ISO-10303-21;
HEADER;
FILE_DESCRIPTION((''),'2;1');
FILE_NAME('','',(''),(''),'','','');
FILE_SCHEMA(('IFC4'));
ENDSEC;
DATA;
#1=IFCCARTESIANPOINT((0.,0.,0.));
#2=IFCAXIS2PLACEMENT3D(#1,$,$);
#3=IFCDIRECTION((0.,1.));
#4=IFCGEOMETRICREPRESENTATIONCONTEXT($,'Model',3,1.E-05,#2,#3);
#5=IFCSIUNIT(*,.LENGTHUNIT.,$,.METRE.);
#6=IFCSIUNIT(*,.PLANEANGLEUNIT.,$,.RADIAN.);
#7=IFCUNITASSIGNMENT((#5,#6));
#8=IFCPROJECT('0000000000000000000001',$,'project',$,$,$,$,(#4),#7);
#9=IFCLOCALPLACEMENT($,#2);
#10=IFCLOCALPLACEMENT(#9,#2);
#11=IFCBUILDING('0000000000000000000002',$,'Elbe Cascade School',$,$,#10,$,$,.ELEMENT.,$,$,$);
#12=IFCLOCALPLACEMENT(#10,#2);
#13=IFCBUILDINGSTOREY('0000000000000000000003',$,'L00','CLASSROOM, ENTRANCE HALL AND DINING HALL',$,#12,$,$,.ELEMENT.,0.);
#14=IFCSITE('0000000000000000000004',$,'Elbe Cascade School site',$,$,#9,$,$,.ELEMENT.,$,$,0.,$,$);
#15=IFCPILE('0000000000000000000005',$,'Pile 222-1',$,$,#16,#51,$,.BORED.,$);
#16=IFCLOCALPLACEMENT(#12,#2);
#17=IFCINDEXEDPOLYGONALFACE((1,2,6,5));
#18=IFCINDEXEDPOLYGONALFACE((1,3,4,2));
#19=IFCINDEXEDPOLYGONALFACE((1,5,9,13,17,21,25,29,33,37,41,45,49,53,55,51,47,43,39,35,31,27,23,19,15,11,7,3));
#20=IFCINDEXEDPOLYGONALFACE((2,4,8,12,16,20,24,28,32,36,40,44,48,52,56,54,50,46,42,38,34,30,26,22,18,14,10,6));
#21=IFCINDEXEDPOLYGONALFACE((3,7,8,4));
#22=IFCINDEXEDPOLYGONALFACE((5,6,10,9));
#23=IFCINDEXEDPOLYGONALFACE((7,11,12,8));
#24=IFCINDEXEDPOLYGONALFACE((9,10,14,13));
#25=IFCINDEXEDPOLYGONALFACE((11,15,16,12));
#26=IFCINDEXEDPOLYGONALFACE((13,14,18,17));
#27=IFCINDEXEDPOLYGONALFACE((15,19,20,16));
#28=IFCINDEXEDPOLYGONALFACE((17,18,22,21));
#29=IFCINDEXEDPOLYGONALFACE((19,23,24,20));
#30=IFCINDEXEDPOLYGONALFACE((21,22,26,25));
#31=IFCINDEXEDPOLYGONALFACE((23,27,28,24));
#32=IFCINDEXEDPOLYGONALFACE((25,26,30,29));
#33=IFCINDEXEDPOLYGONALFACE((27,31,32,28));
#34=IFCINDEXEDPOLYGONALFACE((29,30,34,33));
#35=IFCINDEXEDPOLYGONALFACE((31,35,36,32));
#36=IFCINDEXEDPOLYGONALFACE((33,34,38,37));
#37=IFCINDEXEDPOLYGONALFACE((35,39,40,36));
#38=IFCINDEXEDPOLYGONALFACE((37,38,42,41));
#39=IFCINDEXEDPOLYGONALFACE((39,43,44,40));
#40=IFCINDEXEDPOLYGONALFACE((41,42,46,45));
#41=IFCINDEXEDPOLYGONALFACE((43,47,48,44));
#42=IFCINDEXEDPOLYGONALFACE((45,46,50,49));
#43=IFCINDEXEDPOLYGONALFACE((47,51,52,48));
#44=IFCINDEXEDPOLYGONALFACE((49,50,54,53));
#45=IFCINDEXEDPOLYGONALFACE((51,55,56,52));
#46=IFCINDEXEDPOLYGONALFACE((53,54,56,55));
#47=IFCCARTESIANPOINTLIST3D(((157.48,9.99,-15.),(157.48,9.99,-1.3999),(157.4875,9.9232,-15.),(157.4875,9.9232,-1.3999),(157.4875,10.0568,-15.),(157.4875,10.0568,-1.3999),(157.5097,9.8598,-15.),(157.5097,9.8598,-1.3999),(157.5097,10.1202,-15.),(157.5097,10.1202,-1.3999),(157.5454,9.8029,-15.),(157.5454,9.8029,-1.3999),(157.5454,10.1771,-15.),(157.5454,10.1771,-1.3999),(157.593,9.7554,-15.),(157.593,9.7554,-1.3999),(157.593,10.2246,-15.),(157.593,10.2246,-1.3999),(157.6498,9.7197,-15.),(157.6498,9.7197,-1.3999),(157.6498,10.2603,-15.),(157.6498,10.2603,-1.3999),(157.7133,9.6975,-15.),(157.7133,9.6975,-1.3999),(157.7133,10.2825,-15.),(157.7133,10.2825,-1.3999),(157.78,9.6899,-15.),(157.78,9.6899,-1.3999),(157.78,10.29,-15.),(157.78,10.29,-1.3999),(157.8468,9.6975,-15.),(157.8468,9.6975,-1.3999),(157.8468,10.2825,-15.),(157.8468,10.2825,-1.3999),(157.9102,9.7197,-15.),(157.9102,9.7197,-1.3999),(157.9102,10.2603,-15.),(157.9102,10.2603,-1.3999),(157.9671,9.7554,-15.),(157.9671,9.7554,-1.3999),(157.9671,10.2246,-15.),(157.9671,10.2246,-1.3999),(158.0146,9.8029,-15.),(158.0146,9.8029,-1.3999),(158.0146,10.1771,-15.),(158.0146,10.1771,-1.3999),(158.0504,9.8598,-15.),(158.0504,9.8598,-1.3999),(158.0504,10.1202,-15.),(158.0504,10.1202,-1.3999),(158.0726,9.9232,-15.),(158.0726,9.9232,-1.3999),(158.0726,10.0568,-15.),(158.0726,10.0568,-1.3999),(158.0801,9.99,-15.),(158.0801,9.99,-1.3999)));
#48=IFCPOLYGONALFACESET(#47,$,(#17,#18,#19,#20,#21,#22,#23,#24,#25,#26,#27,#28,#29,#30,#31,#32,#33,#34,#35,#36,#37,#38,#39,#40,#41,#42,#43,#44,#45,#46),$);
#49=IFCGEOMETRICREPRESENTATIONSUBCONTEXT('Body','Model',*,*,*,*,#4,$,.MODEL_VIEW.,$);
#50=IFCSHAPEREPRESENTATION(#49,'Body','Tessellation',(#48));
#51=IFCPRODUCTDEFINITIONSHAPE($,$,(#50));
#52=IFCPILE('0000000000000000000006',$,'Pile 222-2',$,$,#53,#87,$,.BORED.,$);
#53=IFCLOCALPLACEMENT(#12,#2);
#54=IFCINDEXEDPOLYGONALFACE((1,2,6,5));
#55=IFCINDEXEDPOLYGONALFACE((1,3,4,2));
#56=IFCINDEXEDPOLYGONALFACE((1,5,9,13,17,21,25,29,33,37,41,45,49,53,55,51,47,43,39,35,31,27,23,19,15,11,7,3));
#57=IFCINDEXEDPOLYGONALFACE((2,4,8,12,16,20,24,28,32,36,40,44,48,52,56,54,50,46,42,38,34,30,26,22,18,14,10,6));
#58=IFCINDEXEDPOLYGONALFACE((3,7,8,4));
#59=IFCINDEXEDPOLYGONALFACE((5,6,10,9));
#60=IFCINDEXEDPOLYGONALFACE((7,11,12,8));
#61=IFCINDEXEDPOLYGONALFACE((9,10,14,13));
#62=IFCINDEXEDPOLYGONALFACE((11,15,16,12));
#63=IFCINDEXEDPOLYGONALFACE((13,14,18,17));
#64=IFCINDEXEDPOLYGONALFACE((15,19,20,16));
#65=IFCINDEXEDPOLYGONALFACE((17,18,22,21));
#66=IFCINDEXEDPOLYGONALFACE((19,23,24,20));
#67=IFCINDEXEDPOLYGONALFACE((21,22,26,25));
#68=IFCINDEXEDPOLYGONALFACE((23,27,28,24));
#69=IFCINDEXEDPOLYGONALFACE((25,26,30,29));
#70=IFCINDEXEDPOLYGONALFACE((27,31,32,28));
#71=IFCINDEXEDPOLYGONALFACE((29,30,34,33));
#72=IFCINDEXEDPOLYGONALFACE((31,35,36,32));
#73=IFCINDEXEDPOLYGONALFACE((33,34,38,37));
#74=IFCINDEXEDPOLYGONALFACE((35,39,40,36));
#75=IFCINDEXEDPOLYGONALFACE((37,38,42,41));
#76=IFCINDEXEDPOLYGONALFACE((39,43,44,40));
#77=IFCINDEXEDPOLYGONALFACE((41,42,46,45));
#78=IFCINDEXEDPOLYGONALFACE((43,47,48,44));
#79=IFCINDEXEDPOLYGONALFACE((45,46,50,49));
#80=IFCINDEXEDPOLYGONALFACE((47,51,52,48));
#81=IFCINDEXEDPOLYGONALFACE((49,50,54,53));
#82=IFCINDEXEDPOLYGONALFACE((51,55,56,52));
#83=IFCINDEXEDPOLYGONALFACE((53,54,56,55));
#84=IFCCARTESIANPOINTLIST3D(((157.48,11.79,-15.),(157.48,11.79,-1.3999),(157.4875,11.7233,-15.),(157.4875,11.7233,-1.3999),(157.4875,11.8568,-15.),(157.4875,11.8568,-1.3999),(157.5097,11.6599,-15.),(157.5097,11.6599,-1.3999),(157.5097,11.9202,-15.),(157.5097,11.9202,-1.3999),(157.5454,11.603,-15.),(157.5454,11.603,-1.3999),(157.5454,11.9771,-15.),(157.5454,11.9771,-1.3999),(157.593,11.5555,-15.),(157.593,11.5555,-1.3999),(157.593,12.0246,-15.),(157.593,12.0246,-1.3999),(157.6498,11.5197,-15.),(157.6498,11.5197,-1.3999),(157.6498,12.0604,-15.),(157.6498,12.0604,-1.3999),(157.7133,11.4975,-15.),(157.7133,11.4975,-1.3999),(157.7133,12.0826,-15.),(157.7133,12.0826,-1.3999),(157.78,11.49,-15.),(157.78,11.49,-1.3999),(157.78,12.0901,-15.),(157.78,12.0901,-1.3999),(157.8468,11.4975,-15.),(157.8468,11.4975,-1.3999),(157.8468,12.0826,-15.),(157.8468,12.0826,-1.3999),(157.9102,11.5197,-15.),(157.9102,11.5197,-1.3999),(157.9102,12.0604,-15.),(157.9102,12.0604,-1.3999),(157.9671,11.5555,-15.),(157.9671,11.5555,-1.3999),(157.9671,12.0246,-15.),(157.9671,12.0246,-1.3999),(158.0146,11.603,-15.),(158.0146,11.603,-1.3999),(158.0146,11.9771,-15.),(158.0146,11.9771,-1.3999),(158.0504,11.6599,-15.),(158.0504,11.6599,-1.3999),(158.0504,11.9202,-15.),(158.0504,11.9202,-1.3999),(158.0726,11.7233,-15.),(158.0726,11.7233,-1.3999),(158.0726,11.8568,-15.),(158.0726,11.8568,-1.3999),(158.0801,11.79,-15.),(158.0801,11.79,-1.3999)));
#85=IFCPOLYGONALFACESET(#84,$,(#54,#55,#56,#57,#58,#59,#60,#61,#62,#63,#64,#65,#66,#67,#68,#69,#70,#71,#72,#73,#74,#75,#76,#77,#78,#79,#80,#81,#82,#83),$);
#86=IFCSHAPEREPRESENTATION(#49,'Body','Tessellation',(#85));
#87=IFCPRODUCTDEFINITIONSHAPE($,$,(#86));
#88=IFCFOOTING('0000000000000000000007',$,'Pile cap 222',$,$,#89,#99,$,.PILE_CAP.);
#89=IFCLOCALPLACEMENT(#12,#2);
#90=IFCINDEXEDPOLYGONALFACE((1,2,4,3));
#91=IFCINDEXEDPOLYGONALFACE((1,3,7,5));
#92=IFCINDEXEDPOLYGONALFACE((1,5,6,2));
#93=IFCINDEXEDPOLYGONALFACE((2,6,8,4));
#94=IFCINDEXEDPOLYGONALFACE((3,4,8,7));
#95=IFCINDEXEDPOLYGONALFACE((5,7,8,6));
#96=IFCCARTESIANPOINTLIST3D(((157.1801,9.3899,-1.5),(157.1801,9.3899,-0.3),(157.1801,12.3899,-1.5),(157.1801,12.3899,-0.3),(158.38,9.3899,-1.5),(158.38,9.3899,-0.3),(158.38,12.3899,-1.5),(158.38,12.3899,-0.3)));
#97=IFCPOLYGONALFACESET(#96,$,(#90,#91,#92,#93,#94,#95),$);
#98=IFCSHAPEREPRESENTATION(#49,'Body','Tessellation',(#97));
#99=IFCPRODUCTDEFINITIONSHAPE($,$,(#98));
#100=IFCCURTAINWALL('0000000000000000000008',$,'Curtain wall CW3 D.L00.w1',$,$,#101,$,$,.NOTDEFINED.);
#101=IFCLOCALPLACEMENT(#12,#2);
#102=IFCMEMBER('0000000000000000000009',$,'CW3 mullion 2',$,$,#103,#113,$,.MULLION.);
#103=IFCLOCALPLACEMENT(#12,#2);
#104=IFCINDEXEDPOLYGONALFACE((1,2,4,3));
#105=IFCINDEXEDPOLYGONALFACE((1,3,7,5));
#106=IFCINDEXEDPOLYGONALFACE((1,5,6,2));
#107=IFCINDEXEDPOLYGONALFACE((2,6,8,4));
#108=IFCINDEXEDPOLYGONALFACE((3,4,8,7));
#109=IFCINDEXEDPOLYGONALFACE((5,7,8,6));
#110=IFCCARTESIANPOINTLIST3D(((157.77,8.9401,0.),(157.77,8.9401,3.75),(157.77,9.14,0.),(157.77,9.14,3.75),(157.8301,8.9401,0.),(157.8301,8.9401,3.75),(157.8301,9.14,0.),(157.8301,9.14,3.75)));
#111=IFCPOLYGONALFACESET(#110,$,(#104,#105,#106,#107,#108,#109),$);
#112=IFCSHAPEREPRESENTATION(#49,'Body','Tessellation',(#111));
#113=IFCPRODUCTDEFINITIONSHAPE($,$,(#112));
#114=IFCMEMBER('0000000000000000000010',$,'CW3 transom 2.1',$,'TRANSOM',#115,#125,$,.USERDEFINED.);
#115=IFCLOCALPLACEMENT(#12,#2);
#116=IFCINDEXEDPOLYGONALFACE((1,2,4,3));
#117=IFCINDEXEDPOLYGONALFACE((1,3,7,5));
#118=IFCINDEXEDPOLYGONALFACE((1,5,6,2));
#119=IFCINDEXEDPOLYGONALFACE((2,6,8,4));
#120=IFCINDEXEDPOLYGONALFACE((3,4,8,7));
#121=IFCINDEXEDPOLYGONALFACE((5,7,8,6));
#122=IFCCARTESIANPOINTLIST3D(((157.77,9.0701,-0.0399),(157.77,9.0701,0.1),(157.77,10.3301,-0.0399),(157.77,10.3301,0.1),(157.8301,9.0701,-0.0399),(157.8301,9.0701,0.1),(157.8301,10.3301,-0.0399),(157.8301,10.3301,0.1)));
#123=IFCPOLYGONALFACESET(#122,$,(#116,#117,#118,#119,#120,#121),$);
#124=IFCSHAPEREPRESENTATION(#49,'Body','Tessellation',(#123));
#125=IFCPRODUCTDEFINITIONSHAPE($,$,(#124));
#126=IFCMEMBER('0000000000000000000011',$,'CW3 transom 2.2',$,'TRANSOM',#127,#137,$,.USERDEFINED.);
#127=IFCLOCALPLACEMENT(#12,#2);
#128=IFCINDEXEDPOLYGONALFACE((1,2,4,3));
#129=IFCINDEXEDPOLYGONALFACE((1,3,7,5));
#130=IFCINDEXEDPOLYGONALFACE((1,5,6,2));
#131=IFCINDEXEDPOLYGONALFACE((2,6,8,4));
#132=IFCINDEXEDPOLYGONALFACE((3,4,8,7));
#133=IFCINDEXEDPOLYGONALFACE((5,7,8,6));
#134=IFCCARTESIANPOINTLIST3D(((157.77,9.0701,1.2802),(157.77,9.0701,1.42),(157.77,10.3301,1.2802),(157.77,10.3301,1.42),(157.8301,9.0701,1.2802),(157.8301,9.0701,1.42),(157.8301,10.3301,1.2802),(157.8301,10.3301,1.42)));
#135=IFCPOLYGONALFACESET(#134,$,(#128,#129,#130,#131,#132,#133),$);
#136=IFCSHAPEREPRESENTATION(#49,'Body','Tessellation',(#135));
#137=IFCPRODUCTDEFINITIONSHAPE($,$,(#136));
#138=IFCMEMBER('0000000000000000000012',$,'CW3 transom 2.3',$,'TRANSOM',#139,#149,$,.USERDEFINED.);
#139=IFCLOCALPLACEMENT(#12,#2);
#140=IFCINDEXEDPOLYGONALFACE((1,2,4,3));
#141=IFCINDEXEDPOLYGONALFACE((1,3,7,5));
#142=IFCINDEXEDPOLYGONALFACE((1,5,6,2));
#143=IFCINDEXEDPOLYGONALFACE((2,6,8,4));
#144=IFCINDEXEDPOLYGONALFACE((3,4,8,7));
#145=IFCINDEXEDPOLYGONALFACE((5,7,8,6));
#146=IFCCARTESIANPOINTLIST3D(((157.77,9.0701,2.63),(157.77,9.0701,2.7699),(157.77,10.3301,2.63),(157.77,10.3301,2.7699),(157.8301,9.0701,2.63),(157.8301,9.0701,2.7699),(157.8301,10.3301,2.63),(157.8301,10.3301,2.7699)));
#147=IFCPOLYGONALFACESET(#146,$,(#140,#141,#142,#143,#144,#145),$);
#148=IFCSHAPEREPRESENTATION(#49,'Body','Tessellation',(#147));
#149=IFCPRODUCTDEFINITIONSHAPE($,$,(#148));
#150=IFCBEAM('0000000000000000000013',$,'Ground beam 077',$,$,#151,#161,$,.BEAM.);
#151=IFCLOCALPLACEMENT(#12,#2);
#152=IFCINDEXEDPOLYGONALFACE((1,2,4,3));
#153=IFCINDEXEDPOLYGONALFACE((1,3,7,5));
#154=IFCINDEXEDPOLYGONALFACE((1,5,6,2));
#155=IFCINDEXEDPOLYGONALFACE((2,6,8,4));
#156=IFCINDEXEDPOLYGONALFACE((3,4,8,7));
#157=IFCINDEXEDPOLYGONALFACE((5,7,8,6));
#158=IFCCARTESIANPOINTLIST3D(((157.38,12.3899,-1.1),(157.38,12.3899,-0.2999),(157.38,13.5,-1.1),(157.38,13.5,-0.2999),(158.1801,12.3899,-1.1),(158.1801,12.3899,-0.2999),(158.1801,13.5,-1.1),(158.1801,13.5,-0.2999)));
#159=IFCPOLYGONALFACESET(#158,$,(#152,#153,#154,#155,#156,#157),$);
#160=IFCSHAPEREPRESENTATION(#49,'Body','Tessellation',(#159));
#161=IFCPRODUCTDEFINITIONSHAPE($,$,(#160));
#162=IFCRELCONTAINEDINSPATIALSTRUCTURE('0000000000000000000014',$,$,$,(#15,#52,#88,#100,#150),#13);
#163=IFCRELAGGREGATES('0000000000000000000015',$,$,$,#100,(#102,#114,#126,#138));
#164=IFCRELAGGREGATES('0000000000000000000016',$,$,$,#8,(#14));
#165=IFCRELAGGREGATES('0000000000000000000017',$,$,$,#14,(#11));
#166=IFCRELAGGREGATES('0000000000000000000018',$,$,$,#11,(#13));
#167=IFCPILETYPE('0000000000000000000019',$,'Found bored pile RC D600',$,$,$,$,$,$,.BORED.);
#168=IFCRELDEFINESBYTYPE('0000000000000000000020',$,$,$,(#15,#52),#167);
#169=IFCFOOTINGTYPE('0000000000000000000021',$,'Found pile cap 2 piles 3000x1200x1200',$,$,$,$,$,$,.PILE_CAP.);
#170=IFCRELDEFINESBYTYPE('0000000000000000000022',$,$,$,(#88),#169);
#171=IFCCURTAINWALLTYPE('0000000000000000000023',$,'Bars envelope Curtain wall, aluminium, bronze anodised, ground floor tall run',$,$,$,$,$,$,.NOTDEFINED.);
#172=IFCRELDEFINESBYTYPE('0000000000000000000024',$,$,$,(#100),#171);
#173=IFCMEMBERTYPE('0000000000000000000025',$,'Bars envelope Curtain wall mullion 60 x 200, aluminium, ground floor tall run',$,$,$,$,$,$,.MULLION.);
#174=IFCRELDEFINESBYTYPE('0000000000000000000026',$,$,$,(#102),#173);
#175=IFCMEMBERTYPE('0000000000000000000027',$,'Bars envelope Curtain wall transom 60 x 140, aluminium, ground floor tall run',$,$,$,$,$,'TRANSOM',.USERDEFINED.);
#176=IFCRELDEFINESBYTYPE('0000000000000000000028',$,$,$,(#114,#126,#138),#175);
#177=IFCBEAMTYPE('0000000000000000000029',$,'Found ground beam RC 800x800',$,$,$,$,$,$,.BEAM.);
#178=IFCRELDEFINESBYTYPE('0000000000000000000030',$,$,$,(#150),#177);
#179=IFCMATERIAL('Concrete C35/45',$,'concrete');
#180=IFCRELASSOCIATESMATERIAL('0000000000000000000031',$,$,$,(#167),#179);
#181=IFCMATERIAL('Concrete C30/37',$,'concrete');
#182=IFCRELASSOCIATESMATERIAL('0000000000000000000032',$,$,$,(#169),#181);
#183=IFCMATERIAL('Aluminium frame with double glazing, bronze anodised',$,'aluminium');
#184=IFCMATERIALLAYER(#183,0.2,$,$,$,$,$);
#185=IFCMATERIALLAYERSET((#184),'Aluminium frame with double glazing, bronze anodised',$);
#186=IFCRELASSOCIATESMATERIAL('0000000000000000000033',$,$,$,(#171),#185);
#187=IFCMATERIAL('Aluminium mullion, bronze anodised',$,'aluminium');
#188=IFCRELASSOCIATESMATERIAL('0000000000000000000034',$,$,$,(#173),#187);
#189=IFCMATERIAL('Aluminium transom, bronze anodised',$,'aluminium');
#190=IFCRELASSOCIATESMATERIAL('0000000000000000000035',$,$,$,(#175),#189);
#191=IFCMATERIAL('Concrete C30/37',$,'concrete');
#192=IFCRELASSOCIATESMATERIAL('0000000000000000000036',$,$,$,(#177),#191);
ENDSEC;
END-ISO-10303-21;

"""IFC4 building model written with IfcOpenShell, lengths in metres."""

from ifc_helpers import new_model, si_unit, direction, frame, origin, origin_2d, place, context, subcontext, project, spatial, rectangle, circle, extrude, material, layer, layer_set, material_profile, profile_set, type_object, element, aggregate, save


model = new_model("IFC4")

# Units and contexts
model_context = context("Model", 3, precision=1e-05, world=origin(), true_north=direction((0.0, 1.0)))
body_context = subcontext(model_context, "Body", "Model", "MODEL_VIEW")
ifc_project = project(units=[si_unit("LENGTHUNIT", "METRE"), si_unit("PLANEANGLEUNIT", "RADIAN")], contexts=[model_context])

# Site, building, storey
site_placement = place(None, origin())
site = spatial("IfcSite", under=ifc_project, at=site_placement, Name="Elbe Cascade School site", CompositionType="ELEMENT", RefElevation=0.0)
building_placement = place(site_placement, origin())
building = spatial("IfcBuilding", under=site, at=building_placement, Name="Elbe Cascade School", CompositionType="ELEMENT")
storey_placement = place(building_placement, origin())
storey = spatial("IfcBuildingStorey", under=building, at=storey_placement, Name="L00", Description="CLASSROOM, ENTRANCE HALL AND DINING HALL", CompositionType="ELEMENT", Elevation=0.0)

# Piles
ifc_material_1 = material(Name="Concrete C35/45", Category="concrete")
ifc_material_profile_1 = material_profile(ifc_material_1, circle(Radius=0.3, at=origin_2d()), Name="RC D600")
ifc_profile_set_1 = profile_set([ifc_material_profile_1], Name="Concrete C35/45")
pile_type = type_object("IfcPileType", Name="Found bored pile RC D600", PredefinedType="BORED", material=ifc_profile_set_1)
for number, where, z_axis, x_axis, name in (
    (1, (157.78, 9.99, -1.3999), (0.0, 0.0, -1.0), (1.0, 0.0, 0.0), "Pile 222-1"),
    (2, (157.78, 11.79, -1.3999), (0.0, 0.0, -1.0), (1.0, 0.0, 0.0), "Pile 222-2"),
):
    element("IfcPile", number, at=place(storey_placement, frame(where, z_axis=z_axis, x_axis=x_axis)), inside=storey, type_object=pile_type, Name=name, PredefinedType="BORED", context=body_context, shape_type="SweptSolid", body=[
        extrude(circle(Radius=0.3, at=origin_2d()), origin(), (0.0, 0.0, 1.0), 13.6001),
    ])

# Footing
ifc_material_2 = material(Name="Concrete C30/37", Category="concrete")
footing_type = type_object("IfcFootingType", Name="Found pile cap 2 piles 3000x1200x1200", PredefinedType="PILE_CAP", material=ifc_material_2)
footing_placement = place(storey_placement, frame((157.78, 10.8899, -1.5), z_axis=(0.0, 0.0, 1.0), x_axis=(1.0, 0.0, 0.0)))
element("IfcFooting", 3, at=footing_placement, inside=storey, type_object=footing_type, Name="Pile cap 222", PredefinedType="PILE_CAP", context=body_context, shape_type="SweptSolid", body=[
    extrude(rectangle(XDim=1.2, YDim=3.0, at=origin_2d()), origin(), (0.0, 0.0, 1.0), 1.2),
])

# Curtain wall, members
ifc_material_3 = material(Name="Aluminium frame with double glazing, bronze anodised", Category="aluminium")
ifc_layer_1 = layer(ifc_material_3, 0.2)
ifc_layer_set_1 = layer_set([ifc_layer_1], Name="Aluminium frame with double glazing, bronze anodised")
curtain_wall_type = type_object("IfcCurtainWallType", Name="Bars envelope Curtain wall, aluminium, bronze anodised, ground floor tall run", PredefinedType="NOTDEFINED", material=ifc_layer_set_1)
curtain_wall_placement = place(storey_placement, origin())
curtain_wall = element("IfcCurtainWall", 4, at=curtain_wall_placement, inside=storey, type_object=curtain_wall_type, Name="Curtain wall CW3 D.L00.w1", PredefinedType="NOTDEFINED")
ifc_material_4 = material(Name="Aluminium mullion, bronze anodised", Category="aluminium")
ifc_material_profile_2 = material_profile(ifc_material_4, rectangle(XDim=0.0601, YDim=0.2, at=origin_2d()), Name="Bars envelope Curtain wall mullion 60 x 200, aluminium, ground floor tall run")
ifc_profile_set_2 = profile_set([ifc_material_profile_2], Name="Aluminium mullion, bronze anodised")
member_type_1 = type_object("IfcMemberType", Name="Bars envelope Curtain wall mullion 60 x 200, aluminium, ground floor tall run", PredefinedType="MULLION", material=ifc_profile_set_2)
member_1_placement = place(storey_placement, frame((157.8, 9.04, 0.0), z_axis=(0.0, 0.0, 1.0), x_axis=(-1.0, 0.0, 0.0)))
member_1 = element("IfcMember", 5, at=member_1_placement, type_object=member_type_1, Name="CW3 mullion 2", PredefinedType="MULLION", context=body_context, shape_type="SweptSolid", body=[
    extrude(rectangle(XDim=0.0601, YDim=0.2, at=origin_2d()), origin(), (0.0, 0.0, 1.0), 3.75),
])
ifc_material_5 = material(Name="Aluminium transom, bronze anodised", Category="aluminium")
ifc_material_profile_3 = material_profile(ifc_material_5, rectangle(XDim=0.0601, YDim=0.1399, at=origin_2d()), Name="Bars envelope Curtain wall transom 60 x 140, aluminium, ground floor tall run")
ifc_profile_set_3 = profile_set([ifc_material_profile_3], Name="Aluminium transom, bronze anodised")
member_type_2 = type_object("IfcMemberType", Name="Bars envelope Curtain wall transom 60 x 140, aluminium, ground floor tall run", ElementType="TRANSOM", PredefinedType="USERDEFINED", material=ifc_profile_set_3)
member_2_placement = place(storey_placement, frame((157.8, 9.0701, 0.03), z_axis=(0.0, 1.0, 0.0), x_axis=(-1.0, 0.0, 0.0)))
member_2 = element("IfcMember", 6, at=member_2_placement, type_object=member_type_2, Name="CW3 transom 2.1", ObjectType="TRANSOM", PredefinedType="USERDEFINED", context=body_context, shape_type="SweptSolid", body=[
    extrude(rectangle(XDim=0.0601, YDim=0.1399, at=origin_2d()), origin(), (0.0, 0.0, 1.0), 1.26),
])
member_3_placement = place(storey_placement, frame((157.8, 9.0701, 1.3501), z_axis=(0.0, 1.0, 0.0), x_axis=(-1.0, 0.0, 0.0)))
member_3 = element("IfcMember", 7, at=member_3_placement, type_object=member_type_2, Name="CW3 transom 2.2", ObjectType="TRANSOM", PredefinedType="USERDEFINED", context=body_context, shape_type="SweptSolid", body=[
    extrude(rectangle(XDim=0.0601, YDim=0.1399, at=origin_2d()), origin(), (0.0, 0.0, 1.0), 1.26),
])
member_4_placement = place(storey_placement, frame((157.8, 9.0701, 2.7), z_axis=(0.0, 1.0, 0.0), x_axis=(-1.0, 0.0, 0.0)))
member_4 = element("IfcMember", 8, at=member_4_placement, type_object=member_type_2, Name="CW3 transom 2.3", ObjectType="TRANSOM", PredefinedType="USERDEFINED", context=body_context, shape_type="SweptSolid", body=[
    extrude(rectangle(XDim=0.0601, YDim=0.1399, at=origin_2d()), origin(), (0.0, 0.0, 1.0), 1.26),
])
aggregate(curtain_wall, [member_1, member_2, member_3, member_4])

# Beam
ifc_material_6 = material(Name="Concrete C30/37", Category="concrete")
ifc_material_profile_4 = material_profile(ifc_material_6, rectangle(XDim=0.8, YDim=0.8, at=origin_2d()), Name="RC 800x800")
ifc_profile_set_4 = profile_set([ifc_material_profile_4], Name="Concrete C30/37")
beam_type = type_object("IfcBeamType", Name="Found ground beam RC 800x800", PredefinedType="BEAM", material=ifc_profile_set_4)
beam_placement = place(storey_placement, frame((157.78, 12.3899, -0.7), z_axis=(0.0, 1.0, 0.0), x_axis=(-1.0, 0.0, 0.0)))
element("IfcBeam", 9, at=beam_placement, inside=storey, type_object=beam_type, Name="Ground beam 077", PredefinedType="BEAM", context=body_context, shape_type="SweptSolid", body=[
    extrude(rectangle(XDim=0.8, YDim=0.8, at=origin_2d()), origin(), (0.0, 0.0, 1.0), 1.1101),
])

save(model, "model.ifc")
